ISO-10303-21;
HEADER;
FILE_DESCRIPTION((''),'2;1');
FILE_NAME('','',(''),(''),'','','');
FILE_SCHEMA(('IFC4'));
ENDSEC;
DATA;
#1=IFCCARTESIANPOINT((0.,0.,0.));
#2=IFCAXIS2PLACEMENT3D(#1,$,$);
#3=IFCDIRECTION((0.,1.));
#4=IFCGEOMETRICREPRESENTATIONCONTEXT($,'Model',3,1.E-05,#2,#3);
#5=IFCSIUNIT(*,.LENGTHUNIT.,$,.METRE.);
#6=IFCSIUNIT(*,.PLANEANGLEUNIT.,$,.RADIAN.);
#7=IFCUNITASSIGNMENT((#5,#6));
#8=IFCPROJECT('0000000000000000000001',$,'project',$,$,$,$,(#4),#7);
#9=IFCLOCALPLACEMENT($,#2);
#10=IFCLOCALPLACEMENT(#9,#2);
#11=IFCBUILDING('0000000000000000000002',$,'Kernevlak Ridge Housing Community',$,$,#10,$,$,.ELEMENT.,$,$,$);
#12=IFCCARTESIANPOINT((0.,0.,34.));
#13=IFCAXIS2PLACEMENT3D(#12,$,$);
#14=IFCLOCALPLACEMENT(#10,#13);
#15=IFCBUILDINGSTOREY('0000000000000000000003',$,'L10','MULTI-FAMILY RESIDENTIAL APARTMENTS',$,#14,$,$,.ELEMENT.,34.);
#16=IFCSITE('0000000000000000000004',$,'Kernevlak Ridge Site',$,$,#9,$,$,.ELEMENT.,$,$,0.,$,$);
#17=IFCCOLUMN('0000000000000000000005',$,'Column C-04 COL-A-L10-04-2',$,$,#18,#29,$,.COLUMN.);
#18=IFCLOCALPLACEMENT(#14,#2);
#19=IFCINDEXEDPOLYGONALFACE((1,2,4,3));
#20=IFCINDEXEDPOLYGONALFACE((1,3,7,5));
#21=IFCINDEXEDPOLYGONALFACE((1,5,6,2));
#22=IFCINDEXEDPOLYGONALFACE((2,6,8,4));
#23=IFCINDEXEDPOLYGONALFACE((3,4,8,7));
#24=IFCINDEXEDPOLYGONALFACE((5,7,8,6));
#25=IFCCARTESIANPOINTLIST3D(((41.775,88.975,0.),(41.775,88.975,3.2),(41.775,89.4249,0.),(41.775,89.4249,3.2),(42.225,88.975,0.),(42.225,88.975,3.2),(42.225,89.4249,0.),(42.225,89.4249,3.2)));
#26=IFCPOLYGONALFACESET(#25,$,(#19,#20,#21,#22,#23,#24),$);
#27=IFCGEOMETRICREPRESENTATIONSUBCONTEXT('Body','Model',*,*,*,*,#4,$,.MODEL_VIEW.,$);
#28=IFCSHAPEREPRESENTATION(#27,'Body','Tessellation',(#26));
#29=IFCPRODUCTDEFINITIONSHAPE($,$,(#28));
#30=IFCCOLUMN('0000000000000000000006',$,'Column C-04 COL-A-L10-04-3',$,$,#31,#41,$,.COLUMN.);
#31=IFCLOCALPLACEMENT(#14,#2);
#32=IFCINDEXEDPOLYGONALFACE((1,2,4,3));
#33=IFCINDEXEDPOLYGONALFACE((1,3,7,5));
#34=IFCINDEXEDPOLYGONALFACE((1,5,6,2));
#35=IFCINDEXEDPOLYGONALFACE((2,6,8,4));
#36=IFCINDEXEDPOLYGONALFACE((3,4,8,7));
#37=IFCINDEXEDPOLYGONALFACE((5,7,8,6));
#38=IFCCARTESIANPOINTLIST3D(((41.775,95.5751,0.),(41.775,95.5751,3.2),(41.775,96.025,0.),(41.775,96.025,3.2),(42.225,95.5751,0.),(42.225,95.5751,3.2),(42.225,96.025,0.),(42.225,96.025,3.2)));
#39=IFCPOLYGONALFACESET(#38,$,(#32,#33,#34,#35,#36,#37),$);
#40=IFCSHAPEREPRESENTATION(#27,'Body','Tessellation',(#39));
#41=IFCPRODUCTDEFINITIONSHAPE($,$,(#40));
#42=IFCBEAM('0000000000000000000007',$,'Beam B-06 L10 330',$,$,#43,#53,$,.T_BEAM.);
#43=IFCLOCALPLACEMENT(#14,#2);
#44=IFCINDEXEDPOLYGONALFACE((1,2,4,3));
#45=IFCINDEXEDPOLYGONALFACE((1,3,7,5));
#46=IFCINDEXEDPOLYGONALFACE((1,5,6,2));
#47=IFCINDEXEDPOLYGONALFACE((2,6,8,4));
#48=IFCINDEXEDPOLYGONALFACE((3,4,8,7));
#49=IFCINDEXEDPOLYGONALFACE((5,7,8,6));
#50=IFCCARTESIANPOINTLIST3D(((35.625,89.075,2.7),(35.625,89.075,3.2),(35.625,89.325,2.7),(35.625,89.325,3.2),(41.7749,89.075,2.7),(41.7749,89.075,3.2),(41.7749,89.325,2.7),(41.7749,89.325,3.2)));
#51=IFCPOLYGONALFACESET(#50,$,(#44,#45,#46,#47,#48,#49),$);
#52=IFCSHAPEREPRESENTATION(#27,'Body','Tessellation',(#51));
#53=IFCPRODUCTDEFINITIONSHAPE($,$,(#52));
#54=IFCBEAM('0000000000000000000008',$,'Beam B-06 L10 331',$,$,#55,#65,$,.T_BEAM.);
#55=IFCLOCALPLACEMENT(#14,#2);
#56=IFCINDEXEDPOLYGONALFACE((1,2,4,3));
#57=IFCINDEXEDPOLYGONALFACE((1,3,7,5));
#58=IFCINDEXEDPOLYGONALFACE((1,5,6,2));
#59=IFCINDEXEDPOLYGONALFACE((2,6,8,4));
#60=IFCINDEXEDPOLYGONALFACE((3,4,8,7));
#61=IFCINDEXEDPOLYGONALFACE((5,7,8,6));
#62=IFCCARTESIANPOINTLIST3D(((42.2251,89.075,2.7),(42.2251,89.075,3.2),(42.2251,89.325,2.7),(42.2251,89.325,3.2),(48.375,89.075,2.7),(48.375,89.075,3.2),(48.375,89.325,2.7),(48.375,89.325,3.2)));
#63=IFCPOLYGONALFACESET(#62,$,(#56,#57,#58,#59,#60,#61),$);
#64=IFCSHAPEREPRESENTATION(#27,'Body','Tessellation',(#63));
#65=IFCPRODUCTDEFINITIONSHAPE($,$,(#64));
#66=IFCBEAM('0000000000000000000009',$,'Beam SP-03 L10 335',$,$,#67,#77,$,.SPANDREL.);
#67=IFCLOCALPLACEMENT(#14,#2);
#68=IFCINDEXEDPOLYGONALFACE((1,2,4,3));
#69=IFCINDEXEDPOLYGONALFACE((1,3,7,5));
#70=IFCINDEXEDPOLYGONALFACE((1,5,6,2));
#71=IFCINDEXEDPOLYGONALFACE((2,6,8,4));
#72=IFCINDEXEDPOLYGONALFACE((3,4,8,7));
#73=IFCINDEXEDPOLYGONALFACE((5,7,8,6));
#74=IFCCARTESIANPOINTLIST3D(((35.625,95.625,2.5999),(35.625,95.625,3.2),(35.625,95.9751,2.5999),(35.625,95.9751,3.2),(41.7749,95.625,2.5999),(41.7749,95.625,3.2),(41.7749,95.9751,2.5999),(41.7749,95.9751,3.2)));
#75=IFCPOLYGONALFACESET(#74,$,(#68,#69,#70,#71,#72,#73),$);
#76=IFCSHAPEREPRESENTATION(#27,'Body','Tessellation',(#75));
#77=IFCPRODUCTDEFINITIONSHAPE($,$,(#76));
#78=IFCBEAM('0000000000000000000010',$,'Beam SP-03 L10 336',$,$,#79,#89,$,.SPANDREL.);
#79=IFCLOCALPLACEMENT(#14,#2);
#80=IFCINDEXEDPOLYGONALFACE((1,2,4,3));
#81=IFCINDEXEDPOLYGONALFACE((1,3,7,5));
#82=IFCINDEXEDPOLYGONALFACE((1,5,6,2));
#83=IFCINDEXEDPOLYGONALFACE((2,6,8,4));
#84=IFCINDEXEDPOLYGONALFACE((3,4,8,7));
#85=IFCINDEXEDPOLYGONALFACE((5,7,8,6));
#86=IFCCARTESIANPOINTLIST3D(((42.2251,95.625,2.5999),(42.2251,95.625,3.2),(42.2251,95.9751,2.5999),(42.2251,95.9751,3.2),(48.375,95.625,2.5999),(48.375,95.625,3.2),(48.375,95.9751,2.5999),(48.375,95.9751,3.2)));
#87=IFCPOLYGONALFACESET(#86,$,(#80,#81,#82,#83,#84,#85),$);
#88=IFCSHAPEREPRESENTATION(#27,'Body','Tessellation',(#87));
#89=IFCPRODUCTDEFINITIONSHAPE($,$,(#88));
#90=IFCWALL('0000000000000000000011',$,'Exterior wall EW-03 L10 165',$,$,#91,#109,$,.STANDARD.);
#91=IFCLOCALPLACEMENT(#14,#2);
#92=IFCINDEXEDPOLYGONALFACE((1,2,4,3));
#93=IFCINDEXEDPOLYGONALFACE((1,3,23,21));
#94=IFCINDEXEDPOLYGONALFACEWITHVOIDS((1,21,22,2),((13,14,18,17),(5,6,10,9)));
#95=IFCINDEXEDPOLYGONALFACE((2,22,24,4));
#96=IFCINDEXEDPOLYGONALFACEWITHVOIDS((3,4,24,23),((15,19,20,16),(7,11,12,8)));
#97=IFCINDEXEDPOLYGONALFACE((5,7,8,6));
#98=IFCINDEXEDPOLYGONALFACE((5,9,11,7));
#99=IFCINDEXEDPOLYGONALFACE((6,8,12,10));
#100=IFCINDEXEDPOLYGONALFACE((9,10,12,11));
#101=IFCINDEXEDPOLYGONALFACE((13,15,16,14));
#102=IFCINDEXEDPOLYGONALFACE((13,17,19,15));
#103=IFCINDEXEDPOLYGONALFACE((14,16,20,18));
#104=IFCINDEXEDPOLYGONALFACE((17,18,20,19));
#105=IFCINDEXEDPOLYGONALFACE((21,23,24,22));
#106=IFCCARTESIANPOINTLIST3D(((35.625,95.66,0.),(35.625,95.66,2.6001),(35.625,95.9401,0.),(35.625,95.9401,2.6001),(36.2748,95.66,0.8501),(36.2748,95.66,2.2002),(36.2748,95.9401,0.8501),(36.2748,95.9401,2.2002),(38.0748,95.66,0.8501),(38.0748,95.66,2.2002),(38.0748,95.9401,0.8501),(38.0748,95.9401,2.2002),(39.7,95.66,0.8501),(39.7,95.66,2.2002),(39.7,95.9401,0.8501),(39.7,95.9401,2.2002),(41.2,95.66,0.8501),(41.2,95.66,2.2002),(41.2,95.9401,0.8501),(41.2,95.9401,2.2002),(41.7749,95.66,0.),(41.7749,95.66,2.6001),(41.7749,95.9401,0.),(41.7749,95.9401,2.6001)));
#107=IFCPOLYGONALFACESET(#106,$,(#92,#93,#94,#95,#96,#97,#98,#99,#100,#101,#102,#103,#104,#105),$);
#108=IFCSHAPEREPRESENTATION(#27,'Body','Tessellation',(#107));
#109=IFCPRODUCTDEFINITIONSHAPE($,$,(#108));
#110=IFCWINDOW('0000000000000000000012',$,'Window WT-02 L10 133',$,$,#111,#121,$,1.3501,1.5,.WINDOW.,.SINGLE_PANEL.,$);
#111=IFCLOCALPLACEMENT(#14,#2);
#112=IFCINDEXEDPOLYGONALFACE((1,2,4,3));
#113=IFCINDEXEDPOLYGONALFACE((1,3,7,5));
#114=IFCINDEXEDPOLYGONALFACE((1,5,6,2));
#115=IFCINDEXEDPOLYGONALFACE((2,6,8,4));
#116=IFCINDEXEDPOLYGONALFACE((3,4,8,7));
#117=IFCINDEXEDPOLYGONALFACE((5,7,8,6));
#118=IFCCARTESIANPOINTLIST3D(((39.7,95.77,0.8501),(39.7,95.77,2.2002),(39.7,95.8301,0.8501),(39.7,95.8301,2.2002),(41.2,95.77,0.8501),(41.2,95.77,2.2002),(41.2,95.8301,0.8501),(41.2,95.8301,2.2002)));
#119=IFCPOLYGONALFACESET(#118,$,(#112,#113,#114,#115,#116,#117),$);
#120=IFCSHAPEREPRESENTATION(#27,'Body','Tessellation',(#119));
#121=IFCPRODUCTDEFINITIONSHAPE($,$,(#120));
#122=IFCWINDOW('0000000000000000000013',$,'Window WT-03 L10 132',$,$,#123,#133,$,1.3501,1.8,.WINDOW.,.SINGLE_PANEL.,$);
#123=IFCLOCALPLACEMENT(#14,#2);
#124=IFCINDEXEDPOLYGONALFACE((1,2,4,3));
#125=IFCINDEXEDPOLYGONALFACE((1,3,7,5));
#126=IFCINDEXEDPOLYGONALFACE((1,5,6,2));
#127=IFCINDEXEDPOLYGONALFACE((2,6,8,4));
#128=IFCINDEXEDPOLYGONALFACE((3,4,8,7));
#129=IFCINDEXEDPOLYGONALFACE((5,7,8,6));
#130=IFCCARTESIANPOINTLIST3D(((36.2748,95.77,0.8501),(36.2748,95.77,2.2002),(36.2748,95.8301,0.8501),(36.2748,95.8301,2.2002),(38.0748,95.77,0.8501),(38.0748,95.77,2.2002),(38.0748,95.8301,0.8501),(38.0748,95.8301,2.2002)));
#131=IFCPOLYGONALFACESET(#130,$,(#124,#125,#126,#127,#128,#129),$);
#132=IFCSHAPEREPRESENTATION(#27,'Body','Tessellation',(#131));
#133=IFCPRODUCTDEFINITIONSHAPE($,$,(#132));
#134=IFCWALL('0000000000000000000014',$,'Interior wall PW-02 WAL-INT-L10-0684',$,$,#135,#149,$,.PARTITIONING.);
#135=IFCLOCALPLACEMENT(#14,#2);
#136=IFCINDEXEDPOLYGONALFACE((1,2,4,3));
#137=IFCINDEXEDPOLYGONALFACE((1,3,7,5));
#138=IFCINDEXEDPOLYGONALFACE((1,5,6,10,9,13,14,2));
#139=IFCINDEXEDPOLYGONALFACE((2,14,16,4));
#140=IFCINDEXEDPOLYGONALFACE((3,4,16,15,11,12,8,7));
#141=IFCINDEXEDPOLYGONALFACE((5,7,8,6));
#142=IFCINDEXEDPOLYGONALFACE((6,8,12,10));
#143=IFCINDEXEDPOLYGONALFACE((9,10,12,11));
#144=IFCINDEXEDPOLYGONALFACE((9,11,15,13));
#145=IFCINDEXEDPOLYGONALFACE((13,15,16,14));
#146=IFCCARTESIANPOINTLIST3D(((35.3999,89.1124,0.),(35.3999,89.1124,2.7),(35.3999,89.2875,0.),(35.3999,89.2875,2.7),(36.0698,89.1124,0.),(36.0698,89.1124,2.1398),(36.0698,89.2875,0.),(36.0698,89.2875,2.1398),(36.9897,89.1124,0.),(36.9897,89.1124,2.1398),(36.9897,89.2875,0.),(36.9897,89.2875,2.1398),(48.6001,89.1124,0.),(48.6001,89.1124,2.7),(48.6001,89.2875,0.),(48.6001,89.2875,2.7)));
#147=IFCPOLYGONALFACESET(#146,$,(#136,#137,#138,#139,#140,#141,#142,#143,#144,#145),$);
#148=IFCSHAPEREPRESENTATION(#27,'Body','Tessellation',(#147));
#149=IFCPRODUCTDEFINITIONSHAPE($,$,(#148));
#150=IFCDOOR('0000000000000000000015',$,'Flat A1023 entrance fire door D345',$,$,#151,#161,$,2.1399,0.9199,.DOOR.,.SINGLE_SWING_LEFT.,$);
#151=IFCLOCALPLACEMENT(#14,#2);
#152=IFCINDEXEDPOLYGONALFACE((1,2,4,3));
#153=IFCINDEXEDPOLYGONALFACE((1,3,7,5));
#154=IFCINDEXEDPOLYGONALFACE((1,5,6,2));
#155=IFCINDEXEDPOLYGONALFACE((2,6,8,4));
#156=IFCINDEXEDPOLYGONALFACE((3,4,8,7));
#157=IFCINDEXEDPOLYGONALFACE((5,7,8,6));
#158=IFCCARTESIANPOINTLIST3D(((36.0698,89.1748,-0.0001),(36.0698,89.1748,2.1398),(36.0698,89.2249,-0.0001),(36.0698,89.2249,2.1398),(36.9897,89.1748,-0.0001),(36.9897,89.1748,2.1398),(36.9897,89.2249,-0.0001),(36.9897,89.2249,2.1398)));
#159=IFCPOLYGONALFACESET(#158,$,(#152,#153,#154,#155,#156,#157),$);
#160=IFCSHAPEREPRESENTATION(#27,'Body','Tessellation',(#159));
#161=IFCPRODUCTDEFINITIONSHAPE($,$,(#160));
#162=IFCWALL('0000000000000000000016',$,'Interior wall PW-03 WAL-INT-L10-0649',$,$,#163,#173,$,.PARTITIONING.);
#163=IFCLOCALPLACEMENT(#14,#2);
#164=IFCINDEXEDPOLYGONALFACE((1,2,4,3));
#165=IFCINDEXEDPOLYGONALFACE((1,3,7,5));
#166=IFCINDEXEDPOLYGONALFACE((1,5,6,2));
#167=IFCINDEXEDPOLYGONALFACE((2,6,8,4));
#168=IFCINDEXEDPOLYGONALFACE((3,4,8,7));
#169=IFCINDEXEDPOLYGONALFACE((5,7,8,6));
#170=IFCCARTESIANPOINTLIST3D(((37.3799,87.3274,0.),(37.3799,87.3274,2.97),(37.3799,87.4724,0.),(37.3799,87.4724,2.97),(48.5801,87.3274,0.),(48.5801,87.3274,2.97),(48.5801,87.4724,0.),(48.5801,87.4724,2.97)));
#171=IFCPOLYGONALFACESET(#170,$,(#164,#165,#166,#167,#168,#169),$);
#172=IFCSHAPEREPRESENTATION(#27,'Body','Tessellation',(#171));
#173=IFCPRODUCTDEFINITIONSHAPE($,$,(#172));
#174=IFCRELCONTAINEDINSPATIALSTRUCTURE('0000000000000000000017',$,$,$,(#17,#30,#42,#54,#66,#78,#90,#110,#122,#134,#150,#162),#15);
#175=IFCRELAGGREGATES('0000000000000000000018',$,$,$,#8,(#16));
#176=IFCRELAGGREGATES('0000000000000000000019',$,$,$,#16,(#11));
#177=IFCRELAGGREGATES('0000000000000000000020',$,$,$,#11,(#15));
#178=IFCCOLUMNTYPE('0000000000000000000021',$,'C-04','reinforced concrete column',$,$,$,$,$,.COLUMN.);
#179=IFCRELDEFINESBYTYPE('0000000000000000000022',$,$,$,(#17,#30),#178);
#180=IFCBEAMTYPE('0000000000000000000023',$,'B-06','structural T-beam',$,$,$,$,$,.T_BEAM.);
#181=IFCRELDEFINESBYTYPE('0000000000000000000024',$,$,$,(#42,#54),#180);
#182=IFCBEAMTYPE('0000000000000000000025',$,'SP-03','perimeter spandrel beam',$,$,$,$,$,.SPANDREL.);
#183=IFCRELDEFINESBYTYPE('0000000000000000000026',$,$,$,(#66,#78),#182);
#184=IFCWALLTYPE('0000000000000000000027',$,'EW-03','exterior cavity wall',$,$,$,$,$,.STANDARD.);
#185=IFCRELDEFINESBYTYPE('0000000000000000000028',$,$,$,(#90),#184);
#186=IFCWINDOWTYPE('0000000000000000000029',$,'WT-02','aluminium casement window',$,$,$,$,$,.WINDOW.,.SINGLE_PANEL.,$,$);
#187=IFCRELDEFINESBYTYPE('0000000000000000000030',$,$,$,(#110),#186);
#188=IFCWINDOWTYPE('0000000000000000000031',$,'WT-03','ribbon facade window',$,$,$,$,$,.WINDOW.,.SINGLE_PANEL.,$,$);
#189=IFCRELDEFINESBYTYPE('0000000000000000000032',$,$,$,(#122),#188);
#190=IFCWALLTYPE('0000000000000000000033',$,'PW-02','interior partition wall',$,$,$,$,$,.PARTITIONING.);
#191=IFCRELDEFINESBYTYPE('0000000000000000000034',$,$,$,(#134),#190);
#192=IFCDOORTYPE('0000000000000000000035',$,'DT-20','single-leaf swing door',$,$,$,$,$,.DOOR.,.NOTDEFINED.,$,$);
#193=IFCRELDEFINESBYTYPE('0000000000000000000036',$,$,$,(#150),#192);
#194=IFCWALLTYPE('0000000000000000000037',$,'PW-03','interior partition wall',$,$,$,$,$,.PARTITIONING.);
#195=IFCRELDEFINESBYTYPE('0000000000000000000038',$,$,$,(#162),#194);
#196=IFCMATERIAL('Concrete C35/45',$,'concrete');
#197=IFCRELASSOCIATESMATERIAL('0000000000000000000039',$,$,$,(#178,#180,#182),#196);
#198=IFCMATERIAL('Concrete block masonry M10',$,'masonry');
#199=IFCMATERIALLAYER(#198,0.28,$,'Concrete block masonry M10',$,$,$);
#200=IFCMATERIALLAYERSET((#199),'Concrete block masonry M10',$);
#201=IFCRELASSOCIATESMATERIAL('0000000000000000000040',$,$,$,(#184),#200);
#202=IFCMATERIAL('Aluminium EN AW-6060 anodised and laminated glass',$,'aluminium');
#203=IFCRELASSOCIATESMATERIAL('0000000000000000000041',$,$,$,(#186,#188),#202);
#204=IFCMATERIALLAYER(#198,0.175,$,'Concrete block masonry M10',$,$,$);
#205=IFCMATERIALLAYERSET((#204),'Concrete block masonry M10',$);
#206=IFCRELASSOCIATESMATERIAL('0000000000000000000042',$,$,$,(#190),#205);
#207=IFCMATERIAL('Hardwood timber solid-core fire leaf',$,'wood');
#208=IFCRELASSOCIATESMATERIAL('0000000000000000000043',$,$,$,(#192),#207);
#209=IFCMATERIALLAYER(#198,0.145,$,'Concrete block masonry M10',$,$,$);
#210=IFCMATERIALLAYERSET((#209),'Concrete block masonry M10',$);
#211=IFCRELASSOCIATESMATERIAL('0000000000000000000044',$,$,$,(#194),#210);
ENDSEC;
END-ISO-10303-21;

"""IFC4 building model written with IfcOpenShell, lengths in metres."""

from ifc_helpers import new_model, si_unit, direction, frame, frame_2d, origin, origin_2d, place, context, subcontext, project, spatial, rectangle, extrude, material, layer, layer_set, material_profile, profile_set, type_object, element, fill, save


model = new_model("IFC4")

# Units and contexts
model_context = context("Model", 3, precision=1e-05, world=origin(), true_north=direction((0.0, 1.0)))
body_context = subcontext(model_context, "Body", "Model", "MODEL_VIEW")
ifc_project = project(units=[si_unit("LENGTHUNIT", "METRE"), si_unit("PLANEANGLEUNIT", "RADIAN")], contexts=[model_context])

# Site, building, storey
site_placement = place(None, origin())
site = spatial("IfcSite", under=ifc_project, at=site_placement, Name="Kernevlak Ridge Site", CompositionType="ELEMENT", RefElevation=0.0)
building_placement = place(site_placement, origin())
building = spatial("IfcBuilding", under=site, at=building_placement, Name="Kernevlak Ridge Housing Community", CompositionType="ELEMENT")
storey_placement = place(building_placement, frame((0.0, 0.0, 34.0)))
storey = spatial("IfcBuildingStorey", under=building, at=storey_placement, Name="L10", Description="MULTI-FAMILY RESIDENTIAL APARTMENTS", CompositionType="ELEMENT", Elevation=34.0)

# Columns
ifc_material_1 = material(Name="Concrete C35/45", Category="concrete")
ifc_material_profile_1 = material_profile(ifc_material_1, rectangle(XDim=0.45, YDim=0.45, at=origin_2d()), Name="RC 450x450")
ifc_profile_set_1 = profile_set([ifc_material_profile_1], Name="Concrete C35/45")
column_type = type_object("IfcColumnType", Name="C-04", Description="reinforced concrete column", PredefinedType="COLUMN", material=ifc_profile_set_1)
for number, where, z_axis, x_axis, name in (
    (1, (42.0, 89.2, 0.0), (0.0, 0.0, 1.0), (1.0, 0.0, 0.0), "Column C-04 COL-A-L10-04-2"),
    (2, (42.0, 95.8, 0.0), (0.0, 0.0, 1.0), (1.0, 0.0, 0.0), "Column C-04 COL-A-L10-04-3"),
):
    element("IfcColumn", number, at=place(storey_placement, frame(where, z_axis=z_axis, x_axis=x_axis)), inside=storey, type_object=column_type, Name=name, PredefinedType="COLUMN", context=body_context, shape_type="SweptSolid", body=[
        extrude(rectangle(XDim=0.45, YDim=0.45, at=origin_2d()), origin(), (0.0, 0.0, 1.0), 3.2),
    ])

# Beams
ifc_material_profile_2 = material_profile(ifc_material_1, rectangle(XDim=0.25, YDim=0.5, at=origin_2d()), Name="RC 250x500")
ifc_profile_set_2 = profile_set([ifc_material_profile_2], Name="Concrete C35/45")
beam_type_1 = type_object("IfcBeamType", Name="B-06", Description="structural T-beam", PredefinedType="T_BEAM", material=ifc_profile_set_2)
for number, where, z_axis, x_axis, name in (
    (3, (35.625, 89.2, 2.95), (1.0, 0.0, 0.0), (0.0, 1.0, 0.0), "Beam B-06 L10 330"),
    (4, (42.2251, 89.2, 2.95), (1.0, 0.0, 0.0), (0.0, 1.0, 0.0), "Beam B-06 L10 331"),
):
    element("IfcBeam", number, at=place(storey_placement, frame(where, z_axis=z_axis, x_axis=x_axis)), inside=storey, type_object=beam_type_1, Name=name, PredefinedType="T_BEAM", context=body_context, shape_type="SweptSolid", body=[
        extrude(rectangle(XDim=0.25, YDim=0.5, at=origin_2d()), origin(), (0.0, 0.0, 1.0), 6.1499),
    ])
ifc_material_profile_3 = material_profile(ifc_material_1, rectangle(XDim=0.3501, YDim=0.6001, at=origin_2d()), Name="RC 350x600")
ifc_profile_set_3 = profile_set([ifc_material_profile_3], Name="Concrete C35/45")
beam_type_2 = type_object("IfcBeamType", Name="SP-03", Description="perimeter spandrel beam", PredefinedType="SPANDREL", material=ifc_profile_set_3)
for number, where, z_axis, x_axis, name in (
    (5, (35.625, 95.8, 2.8999), (1.0, 0.0, 0.0), (0.0, 1.0, 0.0), "Beam SP-03 L10 335"),
    (6, (42.2251, 95.8, 2.8999), (1.0, 0.0, 0.0), (0.0, 1.0, 0.0), "Beam SP-03 L10 336"),
):
    element("IfcBeam", number, at=place(storey_placement, frame(where, z_axis=z_axis, x_axis=x_axis)), inside=storey, type_object=beam_type_2, Name=name, PredefinedType="SPANDREL", context=body_context, shape_type="SweptSolid", body=[
        extrude(rectangle(XDim=0.3501, YDim=0.6001, at=origin_2d()), origin(), (0.0, 0.0, 1.0), 6.1499),
    ])

# Wall, openings, windows
ifc_material_2 = material(Name="Concrete block masonry M10", Category="masonry")
ifc_layer_1 = layer(ifc_material_2, 0.28, Name="Concrete block masonry M10")
ifc_layer_set_1 = layer_set([ifc_layer_1], Name="Concrete block masonry M10")
wall_type_1 = type_object("IfcWallType", Name="EW-03", Description="exterior cavity wall", PredefinedType="STANDARD", material=ifc_layer_set_1)
wall_1_placement = place(storey_placement, frame((35.625, 95.8, 0.0), z_axis=(0.0, 0.0, 1.0), x_axis=(1.0, 0.0, 0.0)))
wall_1 = element("IfcWall", 7, at=wall_1_placement, inside=storey, type_object=wall_type_1, Name="Exterior wall EW-03 L10 165", PredefinedType="STANDARD", context=body_context, shape_type="SweptSolid", body=[
    extrude(rectangle(XDim=6.1499, YDim=0.28, at=frame_2d((3.075, 0.0))), origin(), (0.0, 0.0, 1.0), 2.6001),
])
opening_1_placement = place(wall_1_placement, frame((0.6499, 0.0, 0.8501)))
opening_1 = element("IfcOpeningElement", 8, at=opening_1_placement, cuts=wall_1, PredefinedType="OPENING", context=body_context, shape_type="SweptSolid", body=[
    extrude(rectangle(XDim=1.8, YDim=1.3501, at=frame_2d((0.8999, 0.675))), frame((0.0, 0.1499, 0.0), z_axis=(0.0, -1.0, 0.0), x_axis=(1.0, 0.0, 0.0)), (0.0, 0.0, 1.0), 0.3),
])
opening_2_placement = place(wall_1_placement, frame((4.075, 0.0, 0.8501)))
opening_2 = element("IfcOpeningElement", 9, at=opening_2_placement, cuts=wall_1, PredefinedType="OPENING", context=body_context, shape_type="SweptSolid", body=[
    extrude(rectangle(XDim=1.5, YDim=1.3501, at=frame_2d((0.75, 0.675))), frame((0.0, 0.1499, 0.0), z_axis=(0.0, -1.0, 0.0), x_axis=(1.0, 0.0, 0.0)), (0.0, 0.0, 1.0), 0.3),
])
ifc_material_3 = material(Name="Aluminium EN AW-6060 anodised and laminated glass", Category="aluminium")
window_type_1 = type_object("IfcWindowType", Name="WT-02", Description="aluminium casement window", PartitioningType="SINGLE_PANEL", PredefinedType="WINDOW", material=ifc_material_3)
window_1_placement = place(opening_2_placement, origin())
window_1 = element("IfcWindow", 10, at=window_1_placement, inside=storey, type_object=window_type_1, Name="Window WT-02 L10 133", OverallHeight=1.3501, OverallWidth=1.5, PartitioningType="SINGLE_PANEL", PredefinedType="WINDOW", context=body_context, shape_type="SweptSolid", body=[
    extrude(rectangle(XDim=1.5, YDim=1.3501, at=frame_2d((0.75, 0.675))), frame((0.0, 0.03, 0.0), z_axis=(0.0, -1.0, 0.0), x_axis=(1.0, 0.0, 0.0)), (0.0, 0.0, 1.0), 0.0601),
])
fill(opening_2, window_1)
window_type_2 = type_object("IfcWindowType", Name="WT-03", Description="ribbon facade window", PartitioningType="SINGLE_PANEL", PredefinedType="WINDOW", material=ifc_material_3)
window_2_placement = place(opening_1_placement, origin())
window_2 = element("IfcWindow", 11, at=window_2_placement, inside=storey, type_object=window_type_2, Name="Window WT-03 L10 132", OverallHeight=1.3501, OverallWidth=1.8, PartitioningType="SINGLE_PANEL", PredefinedType="WINDOW", context=body_context, shape_type="SweptSolid", body=[
    extrude(rectangle(XDim=1.8, YDim=1.3501, at=frame_2d((0.8999, 0.675))), frame((0.0, 0.03, 0.0), z_axis=(0.0, -1.0, 0.0), x_axis=(1.0, 0.0, 0.0)), (0.0, 0.0, 1.0), 0.0601),
])
fill(opening_1, window_2)

# Wall, opening, door
ifc_layer_2 = layer(ifc_material_2, 0.175, Name="Concrete block masonry M10")
ifc_layer_set_2 = layer_set([ifc_layer_2], Name="Concrete block masonry M10")
wall_type_2 = type_object("IfcWallType", Name="PW-02", Description="interior partition wall", PredefinedType="PARTITIONING", material=ifc_layer_set_2)
wall_2_placement = place(storey_placement, frame((35.3999, 89.2, 0.0), z_axis=(0.0, 0.0, 1.0), x_axis=(1.0, 0.0, 0.0)))
wall_2 = element("IfcWall", 12, at=wall_2_placement, inside=storey, type_object=wall_type_2, Name="Interior wall PW-02 WAL-INT-L10-0684", PredefinedType="PARTITIONING", context=body_context, shape_type="SweptSolid", body=[
    extrude(rectangle(XDim=13.2002, YDim=0.175, at=frame_2d((6.6001, 0.0))), origin(), (0.0, 0.0, 1.0), 2.7),
])
opening_3_placement = place(wall_2_placement, frame((0.6699, 0.0, 0.0)))
opening_3 = element("IfcOpeningElement", 13, at=opening_3_placement, cuts=wall_2, PredefinedType="OPENING", context=body_context, shape_type="SweptSolid", body=[
    extrude(rectangle(XDim=0.9199, YDim=2.1399, at=frame_2d((0.46, 1.0698))), frame((0.0, 0.0974, 0.0), z_axis=(0.0, -1.0, 0.0), x_axis=(1.0, 0.0, 0.0)), (0.0, 0.0, 1.0), 0.1951),
])
ifc_material_4 = material(Name="Hardwood timber solid-core fire leaf", Category="wood")
door_type_1 = type_object("IfcDoorType", Name="DT-20", Description="single-leaf swing door", OperationType="NOTDEFINED", PredefinedType="DOOR", material=ifc_material_4)
door_1_placement = place(opening_3_placement, origin())
door_1 = element("IfcDoor", 14, at=door_1_placement, inside=storey, type_object=door_type_1, Name="Flat A1023 entrance fire door D345", OperationType="SINGLE_SWING_LEFT", OverallHeight=2.1399, OverallWidth=0.9199, PredefinedType="DOOR", context=body_context, shape_type="SweptSolid", body=[
    extrude(rectangle(XDim=0.9199, YDim=2.1399, at=frame_2d((0.46, 1.0698))), frame((0.0, 0.0249, 0.0), z_axis=(0.0, -1.0, 0.0), x_axis=(1.0, 0.0, 0.0)), (0.0, 0.0, 1.0), 0.05),
])
fill(opening_3, door_1)

# Wall
ifc_layer_3 = layer(ifc_material_2, 0.145, Name="Concrete block masonry M10")
ifc_layer_set_3 = layer_set([ifc_layer_3], Name="Concrete block masonry M10")
wall_type_3 = type_object("IfcWallType", Name="PW-03", Description="interior partition wall", PredefinedType="PARTITIONING", material=ifc_layer_set_3)
wall_3_placement = place(storey_placement, frame((37.3799, 87.3999, 0.0), z_axis=(0.0, 0.0, 1.0), x_axis=(1.0, 0.0, 0.0)))
element("IfcWall", 15, at=wall_3_placement, inside=storey, type_object=wall_type_3, Name="Interior wall PW-03 WAL-INT-L10-0649", PredefinedType="PARTITIONING", context=body_context, shape_type="SweptSolid", body=[
    extrude(rectangle(XDim=11.2002, YDim=0.145, at=frame_2d((5.6001, 0.0))), origin(), (0.0, 0.0, 1.0), 2.97),
])

save(model, "model.ifc")
